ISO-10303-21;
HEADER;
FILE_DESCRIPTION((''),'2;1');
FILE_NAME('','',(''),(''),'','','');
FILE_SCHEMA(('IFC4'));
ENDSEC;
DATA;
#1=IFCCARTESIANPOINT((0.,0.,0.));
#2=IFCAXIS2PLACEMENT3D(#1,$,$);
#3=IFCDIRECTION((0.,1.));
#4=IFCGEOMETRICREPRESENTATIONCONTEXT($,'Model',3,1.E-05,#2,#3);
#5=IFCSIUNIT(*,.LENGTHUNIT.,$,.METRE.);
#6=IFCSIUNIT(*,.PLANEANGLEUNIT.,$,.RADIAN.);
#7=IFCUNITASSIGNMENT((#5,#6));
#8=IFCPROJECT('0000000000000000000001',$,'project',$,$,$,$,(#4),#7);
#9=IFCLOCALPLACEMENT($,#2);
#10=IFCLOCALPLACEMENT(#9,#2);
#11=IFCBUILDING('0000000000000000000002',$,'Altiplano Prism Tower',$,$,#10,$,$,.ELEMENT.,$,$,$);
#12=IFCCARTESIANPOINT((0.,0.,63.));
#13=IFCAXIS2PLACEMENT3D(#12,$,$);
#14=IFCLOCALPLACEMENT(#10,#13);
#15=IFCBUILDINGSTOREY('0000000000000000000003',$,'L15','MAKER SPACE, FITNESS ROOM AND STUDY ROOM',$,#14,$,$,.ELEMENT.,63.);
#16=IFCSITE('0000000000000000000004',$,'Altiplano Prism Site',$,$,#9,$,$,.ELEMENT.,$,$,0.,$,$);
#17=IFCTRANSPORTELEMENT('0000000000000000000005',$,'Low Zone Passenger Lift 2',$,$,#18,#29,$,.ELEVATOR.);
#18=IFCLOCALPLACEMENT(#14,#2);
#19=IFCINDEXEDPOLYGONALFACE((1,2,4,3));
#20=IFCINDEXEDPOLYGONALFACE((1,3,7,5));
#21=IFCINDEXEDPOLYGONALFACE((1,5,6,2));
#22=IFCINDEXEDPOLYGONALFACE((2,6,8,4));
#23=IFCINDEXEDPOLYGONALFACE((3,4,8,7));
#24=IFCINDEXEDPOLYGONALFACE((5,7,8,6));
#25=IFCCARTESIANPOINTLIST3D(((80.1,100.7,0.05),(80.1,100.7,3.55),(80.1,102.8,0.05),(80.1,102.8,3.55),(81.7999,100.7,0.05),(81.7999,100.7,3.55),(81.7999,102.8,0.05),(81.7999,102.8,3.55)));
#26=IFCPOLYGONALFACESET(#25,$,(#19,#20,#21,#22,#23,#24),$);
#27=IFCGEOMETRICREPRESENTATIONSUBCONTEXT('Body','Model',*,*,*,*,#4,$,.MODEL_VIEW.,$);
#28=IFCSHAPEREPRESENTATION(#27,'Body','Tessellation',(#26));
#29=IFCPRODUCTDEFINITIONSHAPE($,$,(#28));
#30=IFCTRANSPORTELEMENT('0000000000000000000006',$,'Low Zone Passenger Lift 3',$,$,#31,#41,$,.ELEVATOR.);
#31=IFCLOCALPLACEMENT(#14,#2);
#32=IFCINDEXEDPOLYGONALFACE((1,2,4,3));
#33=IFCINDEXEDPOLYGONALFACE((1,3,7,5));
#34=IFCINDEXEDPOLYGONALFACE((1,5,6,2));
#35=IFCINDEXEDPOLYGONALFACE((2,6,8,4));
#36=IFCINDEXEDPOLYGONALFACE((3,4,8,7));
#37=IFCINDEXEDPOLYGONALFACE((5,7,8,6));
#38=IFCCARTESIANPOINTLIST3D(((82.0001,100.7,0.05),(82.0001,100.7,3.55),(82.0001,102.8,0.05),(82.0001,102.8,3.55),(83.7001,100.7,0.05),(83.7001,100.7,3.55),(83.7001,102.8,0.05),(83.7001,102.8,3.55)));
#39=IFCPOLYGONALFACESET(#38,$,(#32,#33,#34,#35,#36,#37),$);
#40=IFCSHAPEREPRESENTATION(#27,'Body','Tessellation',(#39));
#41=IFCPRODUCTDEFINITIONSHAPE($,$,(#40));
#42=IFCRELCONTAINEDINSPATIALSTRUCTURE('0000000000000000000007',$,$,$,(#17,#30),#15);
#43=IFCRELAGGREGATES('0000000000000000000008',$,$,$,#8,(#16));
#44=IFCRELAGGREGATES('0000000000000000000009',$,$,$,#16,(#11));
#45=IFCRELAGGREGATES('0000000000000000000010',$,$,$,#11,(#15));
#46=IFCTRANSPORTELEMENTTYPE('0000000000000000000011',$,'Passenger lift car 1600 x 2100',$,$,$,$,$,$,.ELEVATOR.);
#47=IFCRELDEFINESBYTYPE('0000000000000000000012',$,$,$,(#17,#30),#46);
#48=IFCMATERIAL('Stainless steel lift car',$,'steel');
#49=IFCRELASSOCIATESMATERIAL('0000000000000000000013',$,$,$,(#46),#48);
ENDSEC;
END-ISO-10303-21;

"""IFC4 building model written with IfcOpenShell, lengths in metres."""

from ifc_helpers import new_model, si_unit, direction, frame, origin, origin_2d, place, context, subcontext, project, spatial, rectangle, extrude, material, type_object, element, save


model = new_model("IFC4")

# Units and contexts
model_context = context("Model", 3, precision=1e-05, world=origin(), true_north=direction((0.0, 1.0)))
body_context = subcontext(model_context, "Body", "Model", "MODEL_VIEW")
ifc_project = project(units=[si_unit("LENGTHUNIT", "METRE"), si_unit("PLANEANGLEUNIT", "RADIAN")], contexts=[model_context])

# Site, building, storey
site_placement = place(None, origin())
site = spatial("IfcSite", under=ifc_project, at=site_placement, Name="Altiplano Prism Site", CompositionType="ELEMENT", RefElevation=0.0)
building_placement = place(site_placement, origin())
building = spatial("IfcBuilding", under=site, at=building_placement, Name="Altiplano Prism Tower", CompositionType="ELEMENT")
storey_placement = place(building_placement, frame((0.0, 0.0, 63.0)))
storey = spatial("IfcBuildingStorey", under=building, at=storey_placement, Name="L15", Description="MAKER SPACE, FITNESS ROOM AND STUDY ROOM", CompositionType="ELEMENT", Elevation=63.0)

# Transport elements
ifc_material_1 = material(Name="Stainless steel lift car", Category="steel")
transport_element_type = type_object("IfcTransportElementType", Name="Passenger lift car 1600 x 2100", PredefinedType="ELEVATOR", material=ifc_material_1)
for number, where, z_axis, x_axis, name in (
    (1, (80.95, 101.75, 0.05), (0.0, 0.0, 1.0), (1.0, 0.0, 0.0), "Low Zone Passenger Lift 2"),
    (2, (82.8501, 101.75, 0.05), (0.0, 0.0, 1.0), (1.0, 0.0, 0.0), "Low Zone Passenger Lift 3"),
):
    element("IfcTransportElement", number, at=place(storey_placement, frame(where, z_axis=z_axis, x_axis=x_axis)), inside=storey, type_object=transport_element_type, Name=name, PredefinedType="ELEVATOR", context=body_context, shape_type="SweptSolid", body=[
        extrude(rectangle(XDim=1.7, YDim=2.1001, at=origin_2d()), origin(), (0.0, 0.0, 1.0), 3.5),
    ])

save(model, "model.ifc")
